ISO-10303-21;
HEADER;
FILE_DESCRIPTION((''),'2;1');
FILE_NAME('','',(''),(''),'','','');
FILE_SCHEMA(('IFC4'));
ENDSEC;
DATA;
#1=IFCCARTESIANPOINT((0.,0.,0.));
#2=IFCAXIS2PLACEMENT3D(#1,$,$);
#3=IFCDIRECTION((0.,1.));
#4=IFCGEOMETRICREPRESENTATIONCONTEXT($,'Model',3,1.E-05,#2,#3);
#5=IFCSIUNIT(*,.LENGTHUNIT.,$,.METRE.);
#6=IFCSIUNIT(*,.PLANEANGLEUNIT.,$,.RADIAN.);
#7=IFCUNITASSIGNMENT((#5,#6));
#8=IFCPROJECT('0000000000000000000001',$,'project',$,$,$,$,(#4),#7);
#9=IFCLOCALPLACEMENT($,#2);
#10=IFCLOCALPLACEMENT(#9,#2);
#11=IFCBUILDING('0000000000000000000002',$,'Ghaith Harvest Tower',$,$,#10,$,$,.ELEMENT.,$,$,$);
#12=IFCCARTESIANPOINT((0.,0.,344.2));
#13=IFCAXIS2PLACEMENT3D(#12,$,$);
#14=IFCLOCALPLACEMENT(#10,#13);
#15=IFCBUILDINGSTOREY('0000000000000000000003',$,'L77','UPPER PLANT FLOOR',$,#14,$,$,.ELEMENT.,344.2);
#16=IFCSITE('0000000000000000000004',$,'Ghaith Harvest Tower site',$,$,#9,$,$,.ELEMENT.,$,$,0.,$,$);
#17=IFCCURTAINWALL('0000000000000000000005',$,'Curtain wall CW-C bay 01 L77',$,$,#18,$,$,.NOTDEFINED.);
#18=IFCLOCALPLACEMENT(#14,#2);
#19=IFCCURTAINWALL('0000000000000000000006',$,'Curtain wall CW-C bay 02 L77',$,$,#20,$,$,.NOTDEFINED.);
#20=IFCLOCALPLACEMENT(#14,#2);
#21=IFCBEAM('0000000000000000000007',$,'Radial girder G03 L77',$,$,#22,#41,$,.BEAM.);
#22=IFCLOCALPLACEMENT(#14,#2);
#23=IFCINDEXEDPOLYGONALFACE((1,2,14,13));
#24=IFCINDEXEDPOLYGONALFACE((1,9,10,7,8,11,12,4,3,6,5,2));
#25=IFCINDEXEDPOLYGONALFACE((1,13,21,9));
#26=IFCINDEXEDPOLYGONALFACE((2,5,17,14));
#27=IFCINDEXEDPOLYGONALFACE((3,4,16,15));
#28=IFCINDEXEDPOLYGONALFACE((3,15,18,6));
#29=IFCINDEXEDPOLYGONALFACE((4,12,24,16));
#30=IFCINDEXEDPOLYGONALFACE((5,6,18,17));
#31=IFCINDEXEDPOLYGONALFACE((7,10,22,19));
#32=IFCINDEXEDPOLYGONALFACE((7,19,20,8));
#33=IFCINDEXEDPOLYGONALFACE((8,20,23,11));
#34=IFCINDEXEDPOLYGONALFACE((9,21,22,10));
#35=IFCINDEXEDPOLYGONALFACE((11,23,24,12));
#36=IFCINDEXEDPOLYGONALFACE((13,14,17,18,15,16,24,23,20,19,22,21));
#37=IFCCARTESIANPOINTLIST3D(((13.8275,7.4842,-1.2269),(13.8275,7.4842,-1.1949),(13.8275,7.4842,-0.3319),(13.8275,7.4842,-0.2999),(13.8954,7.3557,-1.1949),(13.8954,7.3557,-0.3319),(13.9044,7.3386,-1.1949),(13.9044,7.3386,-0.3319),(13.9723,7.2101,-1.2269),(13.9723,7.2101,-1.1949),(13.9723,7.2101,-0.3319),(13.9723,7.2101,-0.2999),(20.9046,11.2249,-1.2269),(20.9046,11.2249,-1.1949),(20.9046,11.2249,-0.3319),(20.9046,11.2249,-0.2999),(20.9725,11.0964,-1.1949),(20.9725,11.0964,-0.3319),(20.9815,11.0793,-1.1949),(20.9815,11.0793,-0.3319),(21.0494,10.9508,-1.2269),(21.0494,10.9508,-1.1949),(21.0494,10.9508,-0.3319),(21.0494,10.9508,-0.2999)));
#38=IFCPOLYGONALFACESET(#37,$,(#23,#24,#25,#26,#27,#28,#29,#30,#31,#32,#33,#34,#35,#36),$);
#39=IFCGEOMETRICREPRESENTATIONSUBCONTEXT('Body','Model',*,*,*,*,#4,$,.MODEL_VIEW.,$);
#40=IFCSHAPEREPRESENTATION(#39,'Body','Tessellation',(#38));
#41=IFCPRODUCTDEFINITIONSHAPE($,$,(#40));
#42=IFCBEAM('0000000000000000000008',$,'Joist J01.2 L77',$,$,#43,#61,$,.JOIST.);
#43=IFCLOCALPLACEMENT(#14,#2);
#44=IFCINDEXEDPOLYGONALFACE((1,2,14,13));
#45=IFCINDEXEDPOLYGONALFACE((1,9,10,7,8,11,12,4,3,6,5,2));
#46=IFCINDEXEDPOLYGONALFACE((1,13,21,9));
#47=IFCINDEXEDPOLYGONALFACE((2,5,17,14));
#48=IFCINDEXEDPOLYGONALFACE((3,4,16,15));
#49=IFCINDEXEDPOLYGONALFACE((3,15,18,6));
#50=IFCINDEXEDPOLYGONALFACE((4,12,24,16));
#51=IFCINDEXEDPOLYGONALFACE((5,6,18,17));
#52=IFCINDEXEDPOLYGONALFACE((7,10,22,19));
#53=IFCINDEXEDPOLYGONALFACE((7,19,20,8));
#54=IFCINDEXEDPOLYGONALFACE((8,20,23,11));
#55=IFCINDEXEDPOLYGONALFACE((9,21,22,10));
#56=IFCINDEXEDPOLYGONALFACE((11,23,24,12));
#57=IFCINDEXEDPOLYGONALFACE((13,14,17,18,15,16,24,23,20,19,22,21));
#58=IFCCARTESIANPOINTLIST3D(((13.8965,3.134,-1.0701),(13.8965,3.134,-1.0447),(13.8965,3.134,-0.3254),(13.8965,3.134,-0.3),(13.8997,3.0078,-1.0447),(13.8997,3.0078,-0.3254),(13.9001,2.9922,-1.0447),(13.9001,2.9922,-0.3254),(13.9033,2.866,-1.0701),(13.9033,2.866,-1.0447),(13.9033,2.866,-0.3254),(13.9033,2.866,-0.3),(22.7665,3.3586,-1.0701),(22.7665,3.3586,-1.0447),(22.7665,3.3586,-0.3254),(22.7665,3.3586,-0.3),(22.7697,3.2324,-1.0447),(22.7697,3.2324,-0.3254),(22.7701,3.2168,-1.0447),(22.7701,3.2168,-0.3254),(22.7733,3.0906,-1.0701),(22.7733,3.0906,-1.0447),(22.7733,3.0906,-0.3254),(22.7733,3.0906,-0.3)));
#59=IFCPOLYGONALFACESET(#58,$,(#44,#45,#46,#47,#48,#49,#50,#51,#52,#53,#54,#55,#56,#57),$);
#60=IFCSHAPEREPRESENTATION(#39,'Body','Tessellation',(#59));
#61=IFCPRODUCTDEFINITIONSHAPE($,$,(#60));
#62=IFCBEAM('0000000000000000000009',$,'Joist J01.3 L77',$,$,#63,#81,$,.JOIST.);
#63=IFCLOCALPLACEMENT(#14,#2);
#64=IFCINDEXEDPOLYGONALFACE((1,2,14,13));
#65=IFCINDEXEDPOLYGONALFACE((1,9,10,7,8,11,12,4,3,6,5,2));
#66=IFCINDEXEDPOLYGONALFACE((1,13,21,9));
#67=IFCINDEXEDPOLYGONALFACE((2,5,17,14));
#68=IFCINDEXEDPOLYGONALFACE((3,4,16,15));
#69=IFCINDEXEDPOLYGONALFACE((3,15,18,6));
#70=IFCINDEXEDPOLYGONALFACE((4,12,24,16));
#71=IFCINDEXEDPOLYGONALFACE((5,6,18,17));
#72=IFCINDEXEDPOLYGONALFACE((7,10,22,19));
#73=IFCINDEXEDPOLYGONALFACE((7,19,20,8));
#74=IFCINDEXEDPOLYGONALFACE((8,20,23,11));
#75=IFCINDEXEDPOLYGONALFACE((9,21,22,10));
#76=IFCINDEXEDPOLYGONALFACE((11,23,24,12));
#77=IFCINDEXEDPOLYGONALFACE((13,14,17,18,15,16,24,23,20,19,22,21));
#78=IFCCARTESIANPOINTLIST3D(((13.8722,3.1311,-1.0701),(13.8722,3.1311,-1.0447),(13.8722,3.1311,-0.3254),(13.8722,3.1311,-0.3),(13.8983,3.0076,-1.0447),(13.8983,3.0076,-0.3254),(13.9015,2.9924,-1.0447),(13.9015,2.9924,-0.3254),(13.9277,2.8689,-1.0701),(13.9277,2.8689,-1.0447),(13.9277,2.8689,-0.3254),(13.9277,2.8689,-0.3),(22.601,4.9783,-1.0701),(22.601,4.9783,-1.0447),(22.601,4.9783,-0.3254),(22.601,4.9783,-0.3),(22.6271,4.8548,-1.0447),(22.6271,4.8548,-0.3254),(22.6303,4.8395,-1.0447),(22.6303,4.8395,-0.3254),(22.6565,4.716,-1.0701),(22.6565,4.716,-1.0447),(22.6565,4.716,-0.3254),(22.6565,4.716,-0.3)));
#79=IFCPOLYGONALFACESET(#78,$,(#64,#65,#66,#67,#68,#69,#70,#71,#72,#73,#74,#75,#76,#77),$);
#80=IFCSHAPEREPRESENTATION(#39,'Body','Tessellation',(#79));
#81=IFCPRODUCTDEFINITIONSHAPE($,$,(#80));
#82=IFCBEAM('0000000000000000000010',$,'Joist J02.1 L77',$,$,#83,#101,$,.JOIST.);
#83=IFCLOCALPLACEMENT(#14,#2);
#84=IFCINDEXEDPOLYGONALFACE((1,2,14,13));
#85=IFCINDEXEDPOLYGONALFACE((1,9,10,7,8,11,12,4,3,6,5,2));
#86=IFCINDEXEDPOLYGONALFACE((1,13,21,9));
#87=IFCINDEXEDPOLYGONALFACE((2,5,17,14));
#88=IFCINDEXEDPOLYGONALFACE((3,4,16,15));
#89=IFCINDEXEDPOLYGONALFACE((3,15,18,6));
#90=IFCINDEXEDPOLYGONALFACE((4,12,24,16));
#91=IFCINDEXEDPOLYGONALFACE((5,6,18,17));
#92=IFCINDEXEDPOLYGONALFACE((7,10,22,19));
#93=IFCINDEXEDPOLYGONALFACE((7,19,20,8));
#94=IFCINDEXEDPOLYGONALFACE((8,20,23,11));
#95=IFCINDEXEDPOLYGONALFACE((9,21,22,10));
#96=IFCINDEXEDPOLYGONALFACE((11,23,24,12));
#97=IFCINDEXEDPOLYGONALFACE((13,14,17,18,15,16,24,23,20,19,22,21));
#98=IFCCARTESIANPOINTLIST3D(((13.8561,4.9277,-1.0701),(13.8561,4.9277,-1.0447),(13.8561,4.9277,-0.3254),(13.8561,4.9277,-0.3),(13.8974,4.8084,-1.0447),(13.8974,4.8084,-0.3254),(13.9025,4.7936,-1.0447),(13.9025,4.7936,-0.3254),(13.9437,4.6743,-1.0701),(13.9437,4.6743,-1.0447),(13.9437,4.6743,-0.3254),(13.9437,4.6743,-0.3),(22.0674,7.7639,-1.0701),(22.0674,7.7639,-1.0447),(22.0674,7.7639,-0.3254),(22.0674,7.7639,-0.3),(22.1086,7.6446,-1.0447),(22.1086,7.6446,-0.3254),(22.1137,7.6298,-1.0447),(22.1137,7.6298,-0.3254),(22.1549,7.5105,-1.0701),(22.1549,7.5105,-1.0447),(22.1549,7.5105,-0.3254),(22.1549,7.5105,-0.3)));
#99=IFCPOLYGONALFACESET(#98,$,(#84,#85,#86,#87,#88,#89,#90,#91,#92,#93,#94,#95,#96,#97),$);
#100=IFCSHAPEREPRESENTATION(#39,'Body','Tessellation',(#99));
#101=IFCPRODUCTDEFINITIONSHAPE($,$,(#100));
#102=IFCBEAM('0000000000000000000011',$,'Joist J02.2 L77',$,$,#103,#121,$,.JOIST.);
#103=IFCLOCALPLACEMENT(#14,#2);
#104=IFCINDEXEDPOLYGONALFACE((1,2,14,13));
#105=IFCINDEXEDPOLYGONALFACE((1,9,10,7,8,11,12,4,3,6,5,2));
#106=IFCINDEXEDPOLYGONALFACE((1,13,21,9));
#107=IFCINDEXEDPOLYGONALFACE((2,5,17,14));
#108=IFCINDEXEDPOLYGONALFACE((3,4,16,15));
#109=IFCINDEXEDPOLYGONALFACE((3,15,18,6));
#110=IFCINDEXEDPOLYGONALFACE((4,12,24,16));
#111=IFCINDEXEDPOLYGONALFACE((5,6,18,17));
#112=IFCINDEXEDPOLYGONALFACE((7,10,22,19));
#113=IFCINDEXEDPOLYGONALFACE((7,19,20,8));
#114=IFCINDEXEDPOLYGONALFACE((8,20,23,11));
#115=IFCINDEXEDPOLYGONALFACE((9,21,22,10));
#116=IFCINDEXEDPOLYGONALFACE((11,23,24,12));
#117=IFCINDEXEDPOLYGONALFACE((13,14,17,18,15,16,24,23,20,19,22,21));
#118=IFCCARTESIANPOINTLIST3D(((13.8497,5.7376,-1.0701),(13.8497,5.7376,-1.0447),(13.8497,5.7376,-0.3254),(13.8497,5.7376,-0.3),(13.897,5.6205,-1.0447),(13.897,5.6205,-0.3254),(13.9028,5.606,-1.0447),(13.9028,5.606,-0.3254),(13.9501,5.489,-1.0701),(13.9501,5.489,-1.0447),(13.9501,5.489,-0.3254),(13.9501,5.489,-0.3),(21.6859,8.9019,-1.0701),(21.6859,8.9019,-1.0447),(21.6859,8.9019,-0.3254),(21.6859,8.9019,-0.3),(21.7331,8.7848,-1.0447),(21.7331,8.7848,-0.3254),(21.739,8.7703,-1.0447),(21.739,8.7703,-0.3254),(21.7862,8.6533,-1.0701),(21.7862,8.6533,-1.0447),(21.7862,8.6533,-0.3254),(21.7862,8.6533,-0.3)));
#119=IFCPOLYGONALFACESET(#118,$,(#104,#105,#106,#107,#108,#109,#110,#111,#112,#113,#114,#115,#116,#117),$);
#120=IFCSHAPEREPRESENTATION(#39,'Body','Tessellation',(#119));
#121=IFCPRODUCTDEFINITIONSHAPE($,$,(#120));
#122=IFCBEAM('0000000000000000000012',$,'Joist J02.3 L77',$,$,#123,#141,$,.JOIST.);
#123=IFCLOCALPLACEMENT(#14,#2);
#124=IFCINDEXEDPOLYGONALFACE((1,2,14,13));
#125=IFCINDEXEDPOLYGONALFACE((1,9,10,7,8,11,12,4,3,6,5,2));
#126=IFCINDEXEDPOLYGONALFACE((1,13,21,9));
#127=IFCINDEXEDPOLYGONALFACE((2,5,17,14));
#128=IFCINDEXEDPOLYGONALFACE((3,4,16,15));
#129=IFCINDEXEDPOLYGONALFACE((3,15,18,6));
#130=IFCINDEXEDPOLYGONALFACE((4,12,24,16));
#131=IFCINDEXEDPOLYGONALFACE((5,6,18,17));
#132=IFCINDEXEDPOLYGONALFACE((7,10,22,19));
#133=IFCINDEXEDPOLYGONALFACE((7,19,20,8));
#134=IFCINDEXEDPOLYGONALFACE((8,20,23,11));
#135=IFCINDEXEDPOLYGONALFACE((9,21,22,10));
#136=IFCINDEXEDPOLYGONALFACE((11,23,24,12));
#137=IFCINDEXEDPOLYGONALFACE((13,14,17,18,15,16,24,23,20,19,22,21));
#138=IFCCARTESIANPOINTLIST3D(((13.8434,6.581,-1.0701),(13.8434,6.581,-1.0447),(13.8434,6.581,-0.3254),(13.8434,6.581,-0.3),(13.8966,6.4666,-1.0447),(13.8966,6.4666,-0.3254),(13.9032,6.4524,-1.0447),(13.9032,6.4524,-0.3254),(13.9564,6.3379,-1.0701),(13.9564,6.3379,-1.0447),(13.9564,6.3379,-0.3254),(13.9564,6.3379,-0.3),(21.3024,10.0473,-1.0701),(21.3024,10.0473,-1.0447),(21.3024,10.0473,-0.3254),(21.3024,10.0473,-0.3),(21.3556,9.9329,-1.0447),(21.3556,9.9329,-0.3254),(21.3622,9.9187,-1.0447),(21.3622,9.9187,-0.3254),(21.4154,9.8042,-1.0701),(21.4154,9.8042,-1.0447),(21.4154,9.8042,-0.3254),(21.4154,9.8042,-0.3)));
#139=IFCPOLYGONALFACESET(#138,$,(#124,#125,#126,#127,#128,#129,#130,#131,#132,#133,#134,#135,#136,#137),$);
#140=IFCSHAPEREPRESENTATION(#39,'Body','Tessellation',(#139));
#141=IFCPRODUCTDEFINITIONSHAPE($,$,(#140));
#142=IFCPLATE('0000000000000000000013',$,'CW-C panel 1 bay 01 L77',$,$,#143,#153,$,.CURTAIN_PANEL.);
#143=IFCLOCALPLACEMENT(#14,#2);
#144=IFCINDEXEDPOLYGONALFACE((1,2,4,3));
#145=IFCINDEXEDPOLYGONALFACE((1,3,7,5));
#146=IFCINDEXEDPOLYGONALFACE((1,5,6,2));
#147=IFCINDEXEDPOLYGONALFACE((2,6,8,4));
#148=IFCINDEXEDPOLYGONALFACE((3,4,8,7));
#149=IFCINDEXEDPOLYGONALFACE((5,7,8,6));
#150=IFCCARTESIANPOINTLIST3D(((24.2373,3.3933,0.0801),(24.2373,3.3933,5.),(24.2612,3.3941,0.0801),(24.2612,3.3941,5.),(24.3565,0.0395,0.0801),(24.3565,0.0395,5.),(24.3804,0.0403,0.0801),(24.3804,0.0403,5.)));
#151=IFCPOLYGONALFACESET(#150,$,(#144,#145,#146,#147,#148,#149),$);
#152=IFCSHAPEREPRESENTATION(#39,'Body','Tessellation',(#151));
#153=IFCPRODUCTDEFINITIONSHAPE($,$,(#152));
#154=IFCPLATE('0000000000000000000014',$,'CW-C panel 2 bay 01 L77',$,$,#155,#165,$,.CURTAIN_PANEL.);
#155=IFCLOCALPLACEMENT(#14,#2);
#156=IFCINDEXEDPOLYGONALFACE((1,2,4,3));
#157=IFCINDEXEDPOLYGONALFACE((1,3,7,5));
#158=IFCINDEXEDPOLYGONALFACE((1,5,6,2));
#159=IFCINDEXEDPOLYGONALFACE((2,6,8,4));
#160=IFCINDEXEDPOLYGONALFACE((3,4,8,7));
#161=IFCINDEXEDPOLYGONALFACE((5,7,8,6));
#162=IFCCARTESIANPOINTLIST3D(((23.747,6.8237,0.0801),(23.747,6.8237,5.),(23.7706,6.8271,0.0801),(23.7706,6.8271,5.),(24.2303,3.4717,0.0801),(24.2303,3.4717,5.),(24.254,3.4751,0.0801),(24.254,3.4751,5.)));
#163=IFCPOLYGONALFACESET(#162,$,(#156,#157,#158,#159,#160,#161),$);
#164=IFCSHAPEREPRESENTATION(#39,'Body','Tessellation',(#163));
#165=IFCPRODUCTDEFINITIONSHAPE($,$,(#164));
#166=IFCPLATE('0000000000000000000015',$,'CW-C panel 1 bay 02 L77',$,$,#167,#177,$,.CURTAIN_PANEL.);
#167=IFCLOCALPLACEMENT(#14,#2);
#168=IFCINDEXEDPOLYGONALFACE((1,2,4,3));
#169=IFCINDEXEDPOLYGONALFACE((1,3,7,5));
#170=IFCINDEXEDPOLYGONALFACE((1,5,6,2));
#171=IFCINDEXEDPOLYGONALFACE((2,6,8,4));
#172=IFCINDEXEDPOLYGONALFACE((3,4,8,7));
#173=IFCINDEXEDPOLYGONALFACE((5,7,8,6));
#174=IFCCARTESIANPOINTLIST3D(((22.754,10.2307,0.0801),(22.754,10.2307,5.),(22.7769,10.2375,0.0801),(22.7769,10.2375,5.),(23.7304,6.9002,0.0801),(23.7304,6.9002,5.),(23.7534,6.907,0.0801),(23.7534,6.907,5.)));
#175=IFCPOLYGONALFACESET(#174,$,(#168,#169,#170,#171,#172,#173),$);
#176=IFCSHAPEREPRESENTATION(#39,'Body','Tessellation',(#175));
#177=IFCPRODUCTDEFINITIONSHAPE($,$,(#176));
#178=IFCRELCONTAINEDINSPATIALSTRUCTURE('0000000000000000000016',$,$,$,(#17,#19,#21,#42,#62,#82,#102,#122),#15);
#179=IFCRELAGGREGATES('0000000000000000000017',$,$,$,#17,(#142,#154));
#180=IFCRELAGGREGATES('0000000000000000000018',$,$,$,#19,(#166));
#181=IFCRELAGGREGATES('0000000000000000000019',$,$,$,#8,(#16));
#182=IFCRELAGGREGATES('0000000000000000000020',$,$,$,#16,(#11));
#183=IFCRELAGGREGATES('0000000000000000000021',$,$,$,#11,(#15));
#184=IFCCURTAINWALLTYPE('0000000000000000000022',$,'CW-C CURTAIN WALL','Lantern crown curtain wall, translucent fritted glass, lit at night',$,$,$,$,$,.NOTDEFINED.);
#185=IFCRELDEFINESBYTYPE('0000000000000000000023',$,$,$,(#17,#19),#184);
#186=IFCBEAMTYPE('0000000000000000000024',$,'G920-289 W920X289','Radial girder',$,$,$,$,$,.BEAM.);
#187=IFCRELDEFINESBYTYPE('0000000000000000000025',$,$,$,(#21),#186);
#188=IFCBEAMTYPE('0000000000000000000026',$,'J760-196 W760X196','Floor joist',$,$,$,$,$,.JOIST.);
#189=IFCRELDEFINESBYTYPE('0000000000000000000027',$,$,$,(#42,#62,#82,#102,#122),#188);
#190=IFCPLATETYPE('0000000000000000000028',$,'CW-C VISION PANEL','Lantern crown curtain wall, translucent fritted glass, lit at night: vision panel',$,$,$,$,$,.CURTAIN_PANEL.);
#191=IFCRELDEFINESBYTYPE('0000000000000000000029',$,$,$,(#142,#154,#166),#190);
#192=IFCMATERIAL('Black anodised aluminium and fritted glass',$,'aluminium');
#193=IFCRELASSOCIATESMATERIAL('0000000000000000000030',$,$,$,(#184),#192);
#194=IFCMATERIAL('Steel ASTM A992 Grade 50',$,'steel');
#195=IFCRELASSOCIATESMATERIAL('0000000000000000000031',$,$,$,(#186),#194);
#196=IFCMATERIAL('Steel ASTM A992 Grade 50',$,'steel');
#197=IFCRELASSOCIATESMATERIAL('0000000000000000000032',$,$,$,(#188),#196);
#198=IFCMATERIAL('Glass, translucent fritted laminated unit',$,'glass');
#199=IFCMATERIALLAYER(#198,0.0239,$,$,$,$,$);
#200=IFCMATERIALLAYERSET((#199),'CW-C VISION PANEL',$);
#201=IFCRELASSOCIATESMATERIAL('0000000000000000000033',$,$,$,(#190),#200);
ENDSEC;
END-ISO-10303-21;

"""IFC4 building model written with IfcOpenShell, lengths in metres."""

from ifc_helpers import new_model, si_unit, direction, frame, origin, origin_2d, place, context, subcontext, project, spatial, rectangle, i_section, extrude, material, layer, layer_set, material_profile, profile_set, type_object, element, aggregate, save


model = new_model("IFC4")

# Units and contexts
model_context = context("Model", 3, precision=1e-05, world=origin(), true_north=direction((0.0, 1.0)))
body_context = subcontext(model_context, "Body", "Model", "MODEL_VIEW")
ifc_project = project(units=[si_unit("LENGTHUNIT", "METRE"), si_unit("PLANEANGLEUNIT", "RADIAN")], contexts=[model_context])

# Site, building, storey
site_placement = place(None, origin())
site = spatial("IfcSite", under=ifc_project, at=site_placement, Name="Ghaith Harvest Tower site", CompositionType="ELEMENT", RefElevation=0.0)
building_placement = place(site_placement, origin())
building = spatial("IfcBuilding", under=site, at=building_placement, Name="Ghaith Harvest Tower", CompositionType="ELEMENT")
storey_placement = place(building_placement, frame((0.0, 0.0, 344.2)))
storey = spatial("IfcBuildingStorey", under=building, at=storey_placement, Name="L77", Description="UPPER PLANT FLOOR", CompositionType="ELEMENT", Elevation=344.2)

# Curtain wall
ifc_material_1 = material(Name="Black anodised aluminium and fritted glass", Category="aluminium")
curtain_wall_type = type_object("IfcCurtainWallType", Name="CW-C CURTAIN WALL", Description="Lantern crown curtain wall, translucent fritted glass, lit at night", PredefinedType="NOTDEFINED", material=ifc_material_1)
curtain_wall_1_placement = place(storey_placement, origin())
curtain_wall_1 = element("IfcCurtainWall", 1, at=curtain_wall_1_placement, inside=storey, type_object=curtain_wall_type, Name="Curtain wall CW-C bay 01 L77", PredefinedType="NOTDEFINED")

# Curtain wall
curtain_wall_2_placement = place(storey_placement, origin())
curtain_wall_2 = element("IfcCurtainWall", 2, at=curtain_wall_2_placement, inside=storey, type_object=curtain_wall_type, Name="Curtain wall CW-C bay 02 L77", PredefinedType="NOTDEFINED")

# Beams
ifc_material_2 = material(Name="Steel ASTM A992 Grade 50", Category="steel")
ifc_material_profile_1 = material_profile(ifc_material_2, i_section(OverallWidth=0.3101, OverallDepth=0.927, WebThickness=0.0193, FlangeThickness=0.032, at=origin_2d()), Name="W920X289")
ifc_profile_set_1 = profile_set([ifc_material_profile_1], Name="Steel ASTM A992 Grade 50")
beam_type_1 = type_object("IfcBeamType", Name="G920-289 W920X289", Description="Radial girder", PredefinedType="BEAM", material=ifc_profile_set_1)
beam_1_placement = place(storey_placement, frame((13.8999, 7.3472, -0.7634), z_axis=(0.884098, 0.467302, 0.0), x_axis=(-0.467302, 0.884098, 0.0)))
element("IfcBeam", 3, at=beam_1_placement, inside=storey, type_object=beam_type_1, Name="Radial girder G03 L77", PredefinedType="BEAM", context=body_context, shape_type="SweptSolid", body=[
    extrude(i_section(OverallWidth=0.3101, OverallDepth=0.927, WebThickness=0.0193, FlangeThickness=0.032, at=origin_2d()), origin(), (0.0, 0.0, 1.0), 8.0049),
])
ifc_material_3 = material(Name="Steel ASTM A992 Grade 50", Category="steel")
ifc_material_profile_2 = material_profile(ifc_material_3, i_section(OverallWidth=0.2681, OverallDepth=0.77, WebThickness=0.0156, FlangeThickness=0.0254, at=origin_2d()), Name="W760X196")
ifc_profile_set_2 = profile_set([ifc_material_profile_2], Name="Steel ASTM A992 Grade 50")
beam_type_2 = type_object("IfcBeamType", Name="J760-196 W760X196", Description="Floor joist", PredefinedType="JOIST", material=ifc_profile_set_2)
beam_2_placement = place(storey_placement, frame((13.8999, 3.0, -0.6851), z_axis=(0.99968, 0.025315, 0.0), x_axis=(-0.025315, 0.99968, 0.0)))
element("IfcBeam", 4, at=beam_2_placement, inside=storey, type_object=beam_type_2, Name="Joist J01.2 L77", PredefinedType="JOIST", context=body_context, shape_type="SweptSolid", body=[
    extrude(i_section(OverallWidth=0.2681, OverallDepth=0.77, WebThickness=0.0156, FlangeThickness=0.0254, at=origin_2d()), origin(), (0.0, 0.0, 1.0), 8.8728),
])
beam_3_placement = place(storey_placement, frame((13.8999, 3.0, -0.6851), z_axis=(0.978334, 0.207034, 0.0), x_axis=(-0.207034, 0.978334, 0.0)))
element("IfcBeam", 5, at=beam_3_placement, inside=storey, type_object=beam_type_2, Name="Joist J01.3 L77", PredefinedType="JOIST", context=body_context, shape_type="SweptSolid", body=[
    extrude(i_section(OverallWidth=0.2681, OverallDepth=0.77, WebThickness=0.0156, FlangeThickness=0.0254, at=origin_2d()), origin(), (0.0, 0.0, 1.0), 8.9221),
])
beam_4_placement = place(storey_placement, frame((13.8999, 4.801, -0.6851), z_axis=(0.945205, 0.326478, 0.0), x_axis=(-0.326478, 0.945205, 0.0)))
element("IfcBeam", 6, at=beam_4_placement, inside=storey, type_object=beam_type_2, Name="Joist J02.1 L77", PredefinedType="JOIST", context=body_context, shape_type="SweptSolid", body=[
    extrude(i_section(OverallWidth=0.2681, OverallDepth=0.77, WebThickness=0.0156, FlangeThickness=0.0254, at=origin_2d()), origin(), (0.0, 0.0, 1.0), 8.6873),
])
beam_5_placement = place(storey_placement, frame((13.8999, 5.6133, -0.6851), z_axis=(0.927254, 0.374432, 0.0), x_axis=(-0.374432, 0.927254, 0.0)))
element("IfcBeam", 7, at=beam_5_placement, inside=storey, type_object=beam_type_2, Name="Joist J02.2 L77", PredefinedType="JOIST", context=body_context, shape_type="SweptSolid", body=[
    extrude(i_section(OverallWidth=0.2681, OverallDepth=0.77, WebThickness=0.0156, FlangeThickness=0.0254, at=origin_2d()), origin(), (0.0, 0.0, 1.0), 8.4509),
])
beam_6_placement = place(storey_placement, frame((13.8999, 6.4595, -0.6851), z_axis=(0.90686, 0.421432, 0.0), x_axis=(-0.421432, 0.90686, 0.0)))
element("IfcBeam", 8, at=beam_6_placement, inside=storey, type_object=beam_type_2, Name="Joist J02.3 L77", PredefinedType="JOIST", context=body_context, shape_type="SweptSolid", body=[
    extrude(i_section(OverallWidth=0.2681, OverallDepth=0.77, WebThickness=0.0156, FlangeThickness=0.0254, at=origin_2d()), origin(), (0.0, 0.0, 1.0), 8.2251),
])

# Plates
ifc_material_4 = material(Name="Glass, translucent fritted laminated unit", Category="glass")
ifc_layer = layer(ifc_material_4, 0.0239)
ifc_layer_set = layer_set([ifc_layer], Name="CW-C VISION PANEL")
plate_type = type_object("IfcPlateType", Name="CW-C VISION PANEL", Description="Lantern crown curtain wall, translucent fritted glass, lit at night: vision panel", PredefinedType="CURTAIN_PANEL", material=ifc_layer_set)
plate_1_placement = place(storey_placement, frame((24.3088, 1.7168, 0.0801), z_axis=(0.0, 0.0, 1.0), x_axis=(-0.035536, 0.999368, 0.0)))
plate_1 = element("IfcPlate", 9, at=plate_1_placement, type_object=plate_type, Name="CW-C panel 1 bay 01 L77", PredefinedType="CURTAIN_PANEL", context=body_context, shape_type="SweptSolid", body=[
    extrude(rectangle(XDim=3.356, YDim=0.0239, at=origin_2d()), origin(), (0.0, 0.0, 1.0), 4.9199),
])
plate_2_placement = place(storey_placement, frame((24.0005, 5.1494, 0.0801), z_axis=(0.0, 0.0, 1.0), x_axis=(-0.14273, 0.989762, 0.0)))
plate_2 = element("IfcPlate", 10, at=plate_2_placement, type_object=plate_type, Name="CW-C panel 2 bay 01 L77", PredefinedType="CURTAIN_PANEL", context=body_context, shape_type="SweptSolid", body=[
    extrude(rectangle(XDim=3.3867, YDim=0.0239, at=origin_2d()), origin(), (0.0, 0.0, 1.0), 4.9199),
])
aggregate(curtain_wall_1, [plate_1, plate_2])
plate_3_placement = place(storey_placement, frame((23.2537, 8.5688, 0.0801), z_axis=(0.0, 0.0, 1.0), x_axis=(-0.281345, 0.959607, 0.0)))
plate_3 = element("IfcPlate", 11, at=plate_3_placement, type_object=plate_type, Name="CW-C panel 1 bay 02 L77", PredefinedType="CURTAIN_PANEL", context=body_context, shape_type="SweptSolid", body=[
    extrude(rectangle(XDim=3.4707, YDim=0.0239, at=origin_2d()), origin(), (0.0, 0.0, 1.0), 4.9199),
])
aggregate(curtain_wall_2, [plate_3])

save(model, "model.ifc")
